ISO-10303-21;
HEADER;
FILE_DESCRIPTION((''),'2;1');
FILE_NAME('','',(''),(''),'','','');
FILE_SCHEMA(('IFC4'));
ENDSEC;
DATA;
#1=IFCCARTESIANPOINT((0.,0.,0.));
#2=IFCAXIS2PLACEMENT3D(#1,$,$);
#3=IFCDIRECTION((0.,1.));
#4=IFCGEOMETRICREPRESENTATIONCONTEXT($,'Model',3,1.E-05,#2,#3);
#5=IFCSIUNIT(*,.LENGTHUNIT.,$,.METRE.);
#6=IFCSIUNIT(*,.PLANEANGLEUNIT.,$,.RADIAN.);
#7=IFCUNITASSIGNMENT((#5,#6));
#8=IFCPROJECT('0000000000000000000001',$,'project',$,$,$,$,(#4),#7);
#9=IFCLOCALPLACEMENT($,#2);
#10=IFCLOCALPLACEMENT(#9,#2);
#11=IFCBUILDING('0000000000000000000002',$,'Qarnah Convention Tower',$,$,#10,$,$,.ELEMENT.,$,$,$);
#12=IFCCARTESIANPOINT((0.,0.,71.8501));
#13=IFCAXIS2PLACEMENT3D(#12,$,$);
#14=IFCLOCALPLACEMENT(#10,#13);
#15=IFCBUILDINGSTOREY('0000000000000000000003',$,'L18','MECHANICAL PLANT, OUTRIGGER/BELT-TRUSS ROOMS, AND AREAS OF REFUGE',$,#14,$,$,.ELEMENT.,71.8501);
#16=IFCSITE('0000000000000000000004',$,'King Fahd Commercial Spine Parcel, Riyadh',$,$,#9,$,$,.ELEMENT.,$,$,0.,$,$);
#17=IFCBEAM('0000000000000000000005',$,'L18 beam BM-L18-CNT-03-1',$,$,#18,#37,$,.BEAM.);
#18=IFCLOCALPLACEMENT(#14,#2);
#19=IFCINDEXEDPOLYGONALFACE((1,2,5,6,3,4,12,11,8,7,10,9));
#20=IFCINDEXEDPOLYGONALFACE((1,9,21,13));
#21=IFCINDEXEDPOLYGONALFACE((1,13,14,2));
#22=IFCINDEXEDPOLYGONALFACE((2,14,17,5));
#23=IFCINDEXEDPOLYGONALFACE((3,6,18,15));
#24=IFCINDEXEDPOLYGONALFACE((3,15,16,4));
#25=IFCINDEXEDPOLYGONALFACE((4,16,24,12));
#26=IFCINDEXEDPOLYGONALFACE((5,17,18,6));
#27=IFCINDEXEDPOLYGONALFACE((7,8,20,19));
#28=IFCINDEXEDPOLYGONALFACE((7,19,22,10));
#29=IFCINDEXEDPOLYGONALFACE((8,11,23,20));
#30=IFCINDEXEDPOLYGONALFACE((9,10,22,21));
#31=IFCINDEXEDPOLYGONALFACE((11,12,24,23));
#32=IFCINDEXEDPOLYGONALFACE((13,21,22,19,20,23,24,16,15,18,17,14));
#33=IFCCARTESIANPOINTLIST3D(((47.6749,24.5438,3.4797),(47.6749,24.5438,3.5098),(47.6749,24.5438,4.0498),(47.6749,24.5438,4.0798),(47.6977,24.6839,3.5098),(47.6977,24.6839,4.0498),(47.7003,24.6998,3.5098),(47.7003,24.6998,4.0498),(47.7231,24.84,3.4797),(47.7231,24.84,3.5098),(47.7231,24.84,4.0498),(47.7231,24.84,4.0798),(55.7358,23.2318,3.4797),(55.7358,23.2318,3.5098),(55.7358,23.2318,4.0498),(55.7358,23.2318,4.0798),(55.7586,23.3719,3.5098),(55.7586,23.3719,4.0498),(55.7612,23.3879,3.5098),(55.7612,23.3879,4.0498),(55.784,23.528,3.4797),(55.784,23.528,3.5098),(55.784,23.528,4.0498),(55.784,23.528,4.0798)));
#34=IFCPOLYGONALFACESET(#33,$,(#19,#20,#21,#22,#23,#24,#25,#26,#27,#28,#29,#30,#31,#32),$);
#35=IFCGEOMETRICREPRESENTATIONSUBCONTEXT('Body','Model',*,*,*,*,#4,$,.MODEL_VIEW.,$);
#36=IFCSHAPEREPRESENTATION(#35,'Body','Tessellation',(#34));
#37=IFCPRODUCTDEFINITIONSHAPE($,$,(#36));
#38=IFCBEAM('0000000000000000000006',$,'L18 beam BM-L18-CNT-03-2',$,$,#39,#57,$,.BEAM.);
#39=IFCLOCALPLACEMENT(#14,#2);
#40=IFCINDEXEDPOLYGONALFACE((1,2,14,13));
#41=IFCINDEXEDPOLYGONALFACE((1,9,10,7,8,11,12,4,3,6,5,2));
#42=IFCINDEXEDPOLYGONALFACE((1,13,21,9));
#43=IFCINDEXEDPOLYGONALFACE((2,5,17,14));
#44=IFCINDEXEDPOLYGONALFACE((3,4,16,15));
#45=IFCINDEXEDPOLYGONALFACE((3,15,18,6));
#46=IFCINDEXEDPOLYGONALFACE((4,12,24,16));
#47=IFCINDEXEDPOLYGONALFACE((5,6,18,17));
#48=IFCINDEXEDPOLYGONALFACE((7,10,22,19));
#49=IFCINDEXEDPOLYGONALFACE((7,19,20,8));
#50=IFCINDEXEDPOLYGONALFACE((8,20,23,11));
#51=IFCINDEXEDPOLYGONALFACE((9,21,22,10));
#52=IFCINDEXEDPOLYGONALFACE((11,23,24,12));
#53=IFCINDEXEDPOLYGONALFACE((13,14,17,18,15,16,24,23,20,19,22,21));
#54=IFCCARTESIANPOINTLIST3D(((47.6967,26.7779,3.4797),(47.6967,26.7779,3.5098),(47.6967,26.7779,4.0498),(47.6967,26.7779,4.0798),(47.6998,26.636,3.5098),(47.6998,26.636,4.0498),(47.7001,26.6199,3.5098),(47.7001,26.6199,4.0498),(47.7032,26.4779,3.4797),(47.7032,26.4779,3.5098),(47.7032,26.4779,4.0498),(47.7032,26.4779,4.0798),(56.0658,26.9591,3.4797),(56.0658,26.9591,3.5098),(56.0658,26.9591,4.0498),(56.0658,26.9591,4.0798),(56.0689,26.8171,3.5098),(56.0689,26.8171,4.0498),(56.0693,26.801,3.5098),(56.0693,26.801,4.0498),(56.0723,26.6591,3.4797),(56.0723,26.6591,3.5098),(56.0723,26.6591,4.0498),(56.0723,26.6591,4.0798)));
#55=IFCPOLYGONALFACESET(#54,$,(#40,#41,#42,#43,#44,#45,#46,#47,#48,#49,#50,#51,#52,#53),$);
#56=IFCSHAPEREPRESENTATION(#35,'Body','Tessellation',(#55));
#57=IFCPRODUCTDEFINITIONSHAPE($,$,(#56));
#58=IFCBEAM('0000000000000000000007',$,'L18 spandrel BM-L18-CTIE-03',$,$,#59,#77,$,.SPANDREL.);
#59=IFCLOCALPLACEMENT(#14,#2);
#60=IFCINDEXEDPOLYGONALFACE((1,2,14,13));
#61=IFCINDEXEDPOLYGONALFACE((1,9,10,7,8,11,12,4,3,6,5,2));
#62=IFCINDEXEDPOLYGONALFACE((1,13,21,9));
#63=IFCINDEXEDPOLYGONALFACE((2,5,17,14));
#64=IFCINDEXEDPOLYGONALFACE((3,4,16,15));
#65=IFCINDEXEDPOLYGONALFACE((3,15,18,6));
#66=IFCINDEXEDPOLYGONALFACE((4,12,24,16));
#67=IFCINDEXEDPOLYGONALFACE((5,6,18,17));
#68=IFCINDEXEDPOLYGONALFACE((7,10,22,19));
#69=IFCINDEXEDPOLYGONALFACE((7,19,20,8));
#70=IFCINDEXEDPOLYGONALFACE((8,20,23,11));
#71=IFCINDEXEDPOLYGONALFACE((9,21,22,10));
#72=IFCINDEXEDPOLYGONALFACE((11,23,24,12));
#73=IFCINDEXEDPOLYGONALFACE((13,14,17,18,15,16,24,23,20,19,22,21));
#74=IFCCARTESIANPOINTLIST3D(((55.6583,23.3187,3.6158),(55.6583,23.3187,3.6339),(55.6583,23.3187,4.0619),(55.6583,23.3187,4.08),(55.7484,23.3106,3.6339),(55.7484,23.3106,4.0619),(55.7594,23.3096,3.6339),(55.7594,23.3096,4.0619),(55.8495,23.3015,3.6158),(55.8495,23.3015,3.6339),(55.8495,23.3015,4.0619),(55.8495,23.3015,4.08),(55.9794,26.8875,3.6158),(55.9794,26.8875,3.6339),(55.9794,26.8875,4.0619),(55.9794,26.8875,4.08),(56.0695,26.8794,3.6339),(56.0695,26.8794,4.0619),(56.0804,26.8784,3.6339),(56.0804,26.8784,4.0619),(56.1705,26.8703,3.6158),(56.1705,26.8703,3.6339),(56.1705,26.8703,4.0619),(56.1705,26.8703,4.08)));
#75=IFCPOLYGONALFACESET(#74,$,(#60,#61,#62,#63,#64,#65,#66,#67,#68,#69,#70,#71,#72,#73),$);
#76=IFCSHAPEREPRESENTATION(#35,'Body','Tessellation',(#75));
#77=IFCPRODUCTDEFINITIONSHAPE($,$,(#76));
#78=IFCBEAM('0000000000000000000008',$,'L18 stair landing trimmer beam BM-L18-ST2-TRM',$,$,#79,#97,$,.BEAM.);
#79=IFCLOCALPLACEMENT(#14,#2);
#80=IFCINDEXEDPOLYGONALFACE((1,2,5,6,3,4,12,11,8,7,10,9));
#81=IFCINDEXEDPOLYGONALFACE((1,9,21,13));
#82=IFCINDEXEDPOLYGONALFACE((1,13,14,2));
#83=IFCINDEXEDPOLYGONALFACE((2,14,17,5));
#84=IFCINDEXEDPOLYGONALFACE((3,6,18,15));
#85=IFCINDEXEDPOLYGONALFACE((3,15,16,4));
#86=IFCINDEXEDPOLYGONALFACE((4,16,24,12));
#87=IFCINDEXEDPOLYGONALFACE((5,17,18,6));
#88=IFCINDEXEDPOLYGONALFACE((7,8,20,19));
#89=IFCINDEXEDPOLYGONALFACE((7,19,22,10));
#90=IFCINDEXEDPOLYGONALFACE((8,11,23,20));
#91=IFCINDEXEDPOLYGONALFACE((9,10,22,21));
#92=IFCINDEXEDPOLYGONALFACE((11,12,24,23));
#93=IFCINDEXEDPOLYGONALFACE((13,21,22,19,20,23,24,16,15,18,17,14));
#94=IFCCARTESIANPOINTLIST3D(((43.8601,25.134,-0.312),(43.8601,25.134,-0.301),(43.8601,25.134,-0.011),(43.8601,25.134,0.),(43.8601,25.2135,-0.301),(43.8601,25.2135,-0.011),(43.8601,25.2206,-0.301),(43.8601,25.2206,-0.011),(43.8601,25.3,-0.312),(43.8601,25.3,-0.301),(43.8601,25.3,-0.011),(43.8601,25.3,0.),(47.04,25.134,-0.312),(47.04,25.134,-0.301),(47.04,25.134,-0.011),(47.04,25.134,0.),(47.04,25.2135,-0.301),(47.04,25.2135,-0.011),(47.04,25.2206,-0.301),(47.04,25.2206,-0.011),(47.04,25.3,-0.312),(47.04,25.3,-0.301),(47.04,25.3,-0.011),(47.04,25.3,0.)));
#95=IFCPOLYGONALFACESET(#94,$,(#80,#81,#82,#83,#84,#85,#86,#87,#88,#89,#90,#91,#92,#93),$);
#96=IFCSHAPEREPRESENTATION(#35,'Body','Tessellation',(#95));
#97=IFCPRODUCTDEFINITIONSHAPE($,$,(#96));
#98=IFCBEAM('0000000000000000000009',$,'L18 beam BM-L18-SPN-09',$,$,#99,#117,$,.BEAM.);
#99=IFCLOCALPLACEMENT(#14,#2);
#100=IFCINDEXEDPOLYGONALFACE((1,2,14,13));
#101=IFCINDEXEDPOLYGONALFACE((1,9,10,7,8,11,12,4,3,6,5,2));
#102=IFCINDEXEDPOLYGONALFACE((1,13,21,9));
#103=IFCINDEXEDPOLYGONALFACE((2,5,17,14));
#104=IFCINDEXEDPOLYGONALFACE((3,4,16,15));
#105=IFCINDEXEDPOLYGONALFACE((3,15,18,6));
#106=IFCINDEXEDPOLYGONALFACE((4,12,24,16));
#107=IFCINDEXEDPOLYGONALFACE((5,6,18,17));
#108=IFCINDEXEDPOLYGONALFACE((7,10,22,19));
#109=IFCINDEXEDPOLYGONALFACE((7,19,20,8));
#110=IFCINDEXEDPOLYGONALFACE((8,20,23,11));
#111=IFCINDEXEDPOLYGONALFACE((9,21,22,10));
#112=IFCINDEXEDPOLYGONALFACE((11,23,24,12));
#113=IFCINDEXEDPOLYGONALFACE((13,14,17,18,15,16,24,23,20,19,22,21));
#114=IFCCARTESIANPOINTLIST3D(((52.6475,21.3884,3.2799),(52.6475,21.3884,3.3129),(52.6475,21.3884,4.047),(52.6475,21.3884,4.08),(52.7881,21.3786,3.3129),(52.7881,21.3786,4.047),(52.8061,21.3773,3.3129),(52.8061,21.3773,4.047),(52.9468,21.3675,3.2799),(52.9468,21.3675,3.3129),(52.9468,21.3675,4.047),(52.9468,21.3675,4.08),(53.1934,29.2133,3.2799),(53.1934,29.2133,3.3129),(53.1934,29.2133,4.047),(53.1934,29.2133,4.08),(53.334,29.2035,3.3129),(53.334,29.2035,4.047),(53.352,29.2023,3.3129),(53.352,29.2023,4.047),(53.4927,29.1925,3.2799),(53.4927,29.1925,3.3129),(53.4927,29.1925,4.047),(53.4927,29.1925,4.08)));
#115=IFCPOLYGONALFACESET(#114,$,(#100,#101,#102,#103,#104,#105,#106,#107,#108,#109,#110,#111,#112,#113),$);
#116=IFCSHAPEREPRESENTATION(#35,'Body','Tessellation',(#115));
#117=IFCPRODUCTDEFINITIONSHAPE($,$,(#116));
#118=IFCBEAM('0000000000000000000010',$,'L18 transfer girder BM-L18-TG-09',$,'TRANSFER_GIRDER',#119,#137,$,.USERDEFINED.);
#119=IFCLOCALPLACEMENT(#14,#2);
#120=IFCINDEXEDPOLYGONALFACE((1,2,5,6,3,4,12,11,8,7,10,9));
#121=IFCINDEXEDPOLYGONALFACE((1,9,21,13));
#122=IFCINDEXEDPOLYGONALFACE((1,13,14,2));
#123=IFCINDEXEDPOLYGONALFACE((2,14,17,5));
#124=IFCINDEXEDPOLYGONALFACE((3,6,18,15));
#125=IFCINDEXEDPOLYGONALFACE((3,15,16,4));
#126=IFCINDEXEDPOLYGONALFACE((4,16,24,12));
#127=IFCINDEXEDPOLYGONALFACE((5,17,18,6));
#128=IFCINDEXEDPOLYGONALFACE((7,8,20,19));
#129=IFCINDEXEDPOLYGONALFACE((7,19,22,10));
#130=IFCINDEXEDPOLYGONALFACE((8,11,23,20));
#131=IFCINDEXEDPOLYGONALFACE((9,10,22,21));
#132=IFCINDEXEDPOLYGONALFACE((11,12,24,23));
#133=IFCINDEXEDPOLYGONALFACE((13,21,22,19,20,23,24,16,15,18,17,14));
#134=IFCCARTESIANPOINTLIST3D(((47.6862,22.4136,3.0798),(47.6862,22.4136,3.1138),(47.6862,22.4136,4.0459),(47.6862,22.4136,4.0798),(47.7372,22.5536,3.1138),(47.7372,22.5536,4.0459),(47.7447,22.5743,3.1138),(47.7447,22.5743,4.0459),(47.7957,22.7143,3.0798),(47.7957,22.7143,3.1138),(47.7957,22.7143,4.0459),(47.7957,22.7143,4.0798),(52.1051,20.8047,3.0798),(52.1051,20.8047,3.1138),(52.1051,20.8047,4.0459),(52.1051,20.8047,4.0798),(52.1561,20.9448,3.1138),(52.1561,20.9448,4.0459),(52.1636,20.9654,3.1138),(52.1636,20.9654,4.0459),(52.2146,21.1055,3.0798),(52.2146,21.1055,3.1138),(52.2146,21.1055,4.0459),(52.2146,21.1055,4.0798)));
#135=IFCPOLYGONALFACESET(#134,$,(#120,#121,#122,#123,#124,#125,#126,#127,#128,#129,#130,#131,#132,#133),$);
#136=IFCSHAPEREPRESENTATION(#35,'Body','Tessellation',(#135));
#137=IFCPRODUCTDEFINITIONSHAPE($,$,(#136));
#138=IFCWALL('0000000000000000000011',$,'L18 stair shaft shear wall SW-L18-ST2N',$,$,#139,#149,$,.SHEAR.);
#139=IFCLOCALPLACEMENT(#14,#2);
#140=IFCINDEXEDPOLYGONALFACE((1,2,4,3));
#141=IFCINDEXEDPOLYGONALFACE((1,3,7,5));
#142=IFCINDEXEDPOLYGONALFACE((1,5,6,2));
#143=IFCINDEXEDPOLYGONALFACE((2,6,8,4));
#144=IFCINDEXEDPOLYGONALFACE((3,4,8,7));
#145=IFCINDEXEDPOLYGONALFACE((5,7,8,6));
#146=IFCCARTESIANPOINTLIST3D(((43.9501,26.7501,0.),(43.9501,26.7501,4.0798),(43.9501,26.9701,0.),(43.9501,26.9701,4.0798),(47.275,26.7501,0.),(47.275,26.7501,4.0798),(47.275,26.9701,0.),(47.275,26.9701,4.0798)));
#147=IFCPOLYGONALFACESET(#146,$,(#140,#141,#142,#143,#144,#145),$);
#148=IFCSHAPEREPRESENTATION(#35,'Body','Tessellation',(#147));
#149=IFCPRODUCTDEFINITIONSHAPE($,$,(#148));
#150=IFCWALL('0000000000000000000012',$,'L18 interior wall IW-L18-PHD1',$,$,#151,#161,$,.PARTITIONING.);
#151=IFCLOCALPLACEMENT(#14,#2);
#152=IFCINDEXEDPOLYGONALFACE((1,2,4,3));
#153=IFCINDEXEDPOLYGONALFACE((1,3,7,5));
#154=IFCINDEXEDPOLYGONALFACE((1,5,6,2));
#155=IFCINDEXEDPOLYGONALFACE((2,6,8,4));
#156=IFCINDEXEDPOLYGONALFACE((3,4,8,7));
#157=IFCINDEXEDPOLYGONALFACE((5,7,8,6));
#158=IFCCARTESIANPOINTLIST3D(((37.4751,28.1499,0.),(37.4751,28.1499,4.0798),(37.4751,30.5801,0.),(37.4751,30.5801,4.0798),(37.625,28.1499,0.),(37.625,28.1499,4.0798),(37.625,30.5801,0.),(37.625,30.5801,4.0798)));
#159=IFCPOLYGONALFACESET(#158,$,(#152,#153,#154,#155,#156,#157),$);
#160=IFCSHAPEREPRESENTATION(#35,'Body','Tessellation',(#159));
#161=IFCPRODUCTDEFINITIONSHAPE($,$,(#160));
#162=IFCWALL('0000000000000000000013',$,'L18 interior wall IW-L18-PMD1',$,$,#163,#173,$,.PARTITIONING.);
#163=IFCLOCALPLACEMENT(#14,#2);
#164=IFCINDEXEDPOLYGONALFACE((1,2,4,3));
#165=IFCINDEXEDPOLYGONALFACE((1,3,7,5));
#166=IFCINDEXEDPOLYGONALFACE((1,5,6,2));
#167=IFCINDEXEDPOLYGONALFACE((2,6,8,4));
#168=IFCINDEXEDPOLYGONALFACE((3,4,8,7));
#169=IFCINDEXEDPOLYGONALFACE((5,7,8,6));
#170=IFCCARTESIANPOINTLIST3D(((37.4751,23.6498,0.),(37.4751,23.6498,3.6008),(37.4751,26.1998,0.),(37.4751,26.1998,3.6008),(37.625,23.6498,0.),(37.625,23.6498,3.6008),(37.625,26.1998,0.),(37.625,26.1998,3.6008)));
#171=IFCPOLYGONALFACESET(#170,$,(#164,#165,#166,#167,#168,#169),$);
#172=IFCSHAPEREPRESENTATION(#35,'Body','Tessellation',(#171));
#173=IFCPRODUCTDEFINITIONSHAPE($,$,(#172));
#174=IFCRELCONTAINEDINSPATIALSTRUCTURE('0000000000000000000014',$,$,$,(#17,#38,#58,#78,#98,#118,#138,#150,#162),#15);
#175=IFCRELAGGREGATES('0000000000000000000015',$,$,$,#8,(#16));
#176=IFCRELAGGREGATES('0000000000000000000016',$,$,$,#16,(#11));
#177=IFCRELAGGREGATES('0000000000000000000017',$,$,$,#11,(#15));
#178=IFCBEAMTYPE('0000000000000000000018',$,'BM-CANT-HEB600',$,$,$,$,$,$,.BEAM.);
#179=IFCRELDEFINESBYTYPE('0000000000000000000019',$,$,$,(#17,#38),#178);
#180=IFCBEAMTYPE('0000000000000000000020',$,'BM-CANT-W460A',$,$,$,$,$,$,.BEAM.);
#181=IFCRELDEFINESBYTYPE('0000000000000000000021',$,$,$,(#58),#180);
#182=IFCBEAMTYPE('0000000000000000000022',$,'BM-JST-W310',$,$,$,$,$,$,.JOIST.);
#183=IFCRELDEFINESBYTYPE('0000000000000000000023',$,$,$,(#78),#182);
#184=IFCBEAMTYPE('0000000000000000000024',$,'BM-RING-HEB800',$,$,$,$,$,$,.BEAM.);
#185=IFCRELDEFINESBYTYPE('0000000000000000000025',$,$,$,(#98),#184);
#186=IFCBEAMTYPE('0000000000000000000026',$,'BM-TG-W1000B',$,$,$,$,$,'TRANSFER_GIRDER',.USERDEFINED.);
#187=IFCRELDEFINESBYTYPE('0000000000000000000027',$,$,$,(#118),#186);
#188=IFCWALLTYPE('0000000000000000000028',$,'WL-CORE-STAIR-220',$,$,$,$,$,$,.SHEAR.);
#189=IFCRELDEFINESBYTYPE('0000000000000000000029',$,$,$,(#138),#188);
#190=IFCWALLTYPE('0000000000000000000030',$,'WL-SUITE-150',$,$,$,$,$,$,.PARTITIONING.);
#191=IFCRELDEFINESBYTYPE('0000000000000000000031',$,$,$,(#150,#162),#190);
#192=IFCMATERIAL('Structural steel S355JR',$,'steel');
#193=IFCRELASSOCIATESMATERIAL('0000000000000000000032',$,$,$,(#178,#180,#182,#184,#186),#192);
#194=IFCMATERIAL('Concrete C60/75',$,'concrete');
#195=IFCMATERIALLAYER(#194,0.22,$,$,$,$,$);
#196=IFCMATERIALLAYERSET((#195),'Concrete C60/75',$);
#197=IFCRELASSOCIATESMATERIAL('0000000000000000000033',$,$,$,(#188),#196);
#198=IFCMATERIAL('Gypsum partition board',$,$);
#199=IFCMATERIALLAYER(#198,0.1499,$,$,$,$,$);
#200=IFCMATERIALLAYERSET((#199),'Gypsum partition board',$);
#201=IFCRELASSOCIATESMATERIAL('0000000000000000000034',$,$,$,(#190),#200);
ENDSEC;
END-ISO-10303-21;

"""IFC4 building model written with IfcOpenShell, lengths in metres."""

from ifc_helpers import new_model, si_unit, direction, frame, frame_2d, origin, origin_2d, place, context, subcontext, project, spatial, rectangle, i_section, extrude, material, layer, layer_set, material_profile, profile_set, type_object, element, save


model = new_model("IFC4")

# Units and contexts
model_context = context("Model", 3, precision=1e-05, world=origin(), true_north=direction((0.0, 1.0)))
body_context = subcontext(model_context, "Body", "Model", "MODEL_VIEW")
ifc_project = project(units=[si_unit("LENGTHUNIT", "METRE"), si_unit("PLANEANGLEUNIT", "RADIAN")], contexts=[model_context])

# Site, building, storey
site_placement = place(None, origin())
site = spatial("IfcSite", under=ifc_project, at=site_placement, Name="King Fahd Commercial Spine Parcel, Riyadh", CompositionType="ELEMENT", RefElevation=0.0)
building_placement = place(site_placement, origin())
building = spatial("IfcBuilding", under=site, at=building_placement, Name="Qarnah Convention Tower", CompositionType="ELEMENT")
storey_placement = place(building_placement, frame((0.0, 0.0, 71.8501)))
storey = spatial("IfcBuildingStorey", under=building, at=storey_placement, Name="L18", Description="MECHANICAL PLANT, OUTRIGGER/BELT-TRUSS ROOMS, AND AREAS OF REFUGE", CompositionType="ELEMENT", Elevation=71.8501)

# Beams
ifc_material_1 = material(Name="Structural steel S355JR", Category="steel")
ifc_material_profile_1 = material_profile(ifc_material_1, i_section(OverallWidth=0.3, OverallDepth=0.6001, WebThickness=0.0161, FlangeThickness=0.03, at=origin_2d()), Name="HEB600")
ifc_profile_set_1 = profile_set([ifc_material_profile_1], Name="Structural steel S355JR")
beam_type_1 = type_object("IfcBeamType", Name="BM-CANT-HEB600", PredefinedType="BEAM", material=ifc_profile_set_1)
beam_1_placement = place(storey_placement, frame((47.699, 24.6919, 3.7798), z_axis=(0.987012, -0.160646, 0.0), x_axis=(0.160646, 0.987012, 0.0)))
element("IfcBeam", 1, at=beam_1_placement, inside=storey, type_object=beam_type_1, Name="L18 beam BM-L18-CNT-03-1", PredefinedType="BEAM", context=body_context, shape_type="SweptSolid", body=[
    extrude(i_section(OverallWidth=0.3, OverallDepth=0.6001, WebThickness=0.0161, FlangeThickness=0.03, at=origin_2d()), origin(), (0.0, 0.0, 1.0), 8.167),
])
beam_2_placement = place(storey_placement, frame((47.7, 26.6279, 3.7798), z_axis=(0.999766, 0.02164, 0.0), x_axis=(-0.02164, 0.999766, 0.0)))
element("IfcBeam", 2, at=beam_2_placement, inside=storey, type_object=beam_type_1, Name="L18 beam BM-L18-CNT-03-2", PredefinedType="BEAM", context=body_context, shape_type="SweptSolid", body=[
    extrude(i_section(OverallWidth=0.3, OverallDepth=0.6001, WebThickness=0.0161, FlangeThickness=0.03, at=origin_2d()), origin(), (0.0, 0.0, 1.0), 8.3711),
])
ifc_material_profile_2 = material_profile(ifc_material_1, i_section(OverallWidth=0.1919, OverallDepth=0.4641, WebThickness=0.011, FlangeThickness=0.0181, at=origin_2d()), Name="W460X89")
ifc_profile_set_2 = profile_set([ifc_material_profile_2], Name="Structural steel S355JR")
beam_type_2 = type_object("IfcBeamType", Name="BM-CANT-W460A", PredefinedType="BEAM", material=ifc_profile_set_2)
beam_3_placement = place(storey_placement, frame((55.7539, 23.3101, 3.8479), z_axis=(0.089596, 0.995978, 0.0), x_axis=(-0.995978, 0.089596, 0.0)))
element("IfcBeam", 3, at=beam_3_placement, inside=storey, type_object=beam_type_2, Name="L18 spandrel BM-L18-CTIE-03", PredefinedType="SPANDREL", context=body_context, shape_type="SweptSolid", body=[
    extrude(i_section(OverallWidth=0.1919, OverallDepth=0.4641, WebThickness=0.011, FlangeThickness=0.0181, at=origin_2d()), origin(), (0.0, 0.0, 1.0), 3.5833),
])
ifc_material_profile_3 = material_profile(ifc_material_1, i_section(OverallWidth=0.166, OverallDepth=0.312, WebThickness=0.0071, FlangeThickness=0.011, at=origin_2d()), Name="W310X45")
ifc_profile_set_3 = profile_set([ifc_material_profile_3], Name="Structural steel S355JR")
beam_type_3 = type_object("IfcBeamType", Name="BM-JST-W310", PredefinedType="JOIST", material=ifc_profile_set_3)
beam_4_placement = place(storey_placement, frame((43.8601, 25.217, -0.156), z_axis=(1.0, 0.0, 0.0), x_axis=(0.0, 1.0, 0.0)))
element("IfcBeam", 4, at=beam_4_placement, inside=storey, type_object=beam_type_3, Name="L18 stair landing trimmer beam BM-L18-ST2-TRM", PredefinedType="BEAM", context=body_context, shape_type="SweptSolid", body=[
    extrude(i_section(OverallWidth=0.166, OverallDepth=0.312, WebThickness=0.0071, FlangeThickness=0.011, at=origin_2d()), origin(), (0.0, 0.0, 1.0), 3.1799),
])
ifc_material_profile_4 = material_profile(ifc_material_1, i_section(OverallWidth=0.3, OverallDepth=0.8, WebThickness=0.0181, FlangeThickness=0.033, at=origin_2d()), Name="HEB800")
ifc_profile_set_4 = profile_set([ifc_material_profile_4], Name="Structural steel S355JR")
beam_type_4 = type_object("IfcBeamType", Name="BM-RING-HEB800", PredefinedType="BEAM", material=ifc_profile_set_4)
beam_5_placement = place(storey_placement, frame((52.7971, 21.3779, 3.6799), z_axis=(0.069595, 0.997575, 0.0), x_axis=(-0.997575, 0.069595, 0.0)))
element("IfcBeam", 5, at=beam_5_placement, inside=storey, type_object=beam_type_4, Name="L18 beam BM-L18-SPN-09", PredefinedType="BEAM", context=body_context, shape_type="SweptSolid", body=[
    extrude(i_section(OverallWidth=0.3, OverallDepth=0.8, WebThickness=0.0181, FlangeThickness=0.033, at=origin_2d()), origin(), (0.0, 0.0, 1.0), 7.844),
])
ifc_material_profile_5 = material_profile(ifc_material_1, i_section(OverallWidth=0.3201, OverallDepth=1.0, WebThickness=0.022, FlangeThickness=0.0339, at=origin_2d()), Name="W1000X371")
ifc_profile_set_5 = profile_set([ifc_material_profile_5], Name="Structural steel S355JR")
beam_type_5 = type_object("IfcBeamType", Name="BM-TG-W1000B", ElementType="TRANSFER_GIRDER", PredefinedType="USERDEFINED", material=ifc_profile_set_5)
beam_6_placement = place(storey_placement, frame((47.741, 22.564, 3.5798), z_axis=(0.939657, -0.342118, 0.0), x_axis=(0.342118, 0.939657, 0.0)))
element("IfcBeam", 6, at=beam_6_placement, inside=storey, type_object=beam_type_5, Name="L18 transfer girder BM-L18-TG-09", ObjectType="TRANSFER_GIRDER", PredefinedType="USERDEFINED", context=body_context, shape_type="SweptSolid", body=[
    extrude(i_section(OverallWidth=0.3201, OverallDepth=1.0, WebThickness=0.022, FlangeThickness=0.0339, at=origin_2d()), origin(), (0.0, 0.0, 1.0), 4.7026),
])

# Walls
ifc_material_2 = material(Name="Concrete C60/75", Category="concrete")
ifc_layer_1 = layer(ifc_material_2, 0.22)
ifc_layer_set_1 = layer_set([ifc_layer_1], Name="Concrete C60/75")
wall_type_1 = type_object("IfcWallType", Name="WL-CORE-STAIR-220", PredefinedType="SHEAR", material=ifc_layer_set_1)
wall_1_placement = place(storey_placement, frame((43.95, 26.8601, 0.0), z_axis=(0.0, 0.0, 1.0), x_axis=(1.0, 0.0, 0.0)))
element("IfcWall", 7, at=wall_1_placement, inside=storey, type_object=wall_type_1, Name="L18 stair shaft shear wall SW-L18-ST2N", PredefinedType="SHEAR", context=body_context, shape_type="SweptSolid", body=[
    extrude(rectangle(XDim=3.325, YDim=0.22, at=frame_2d((1.6626, 0.0))), origin(), (0.0, 0.0, 1.0), 4.0798),
])
ifc_material_3 = material(Name="Gypsum partition board")
ifc_layer_2 = layer(ifc_material_3, 0.1499)
ifc_layer_set_2 = layer_set([ifc_layer_2], Name="Gypsum partition board")
wall_type_2 = type_object("IfcWallType", Name="WL-SUITE-150", PredefinedType="PARTITIONING", material=ifc_layer_set_2)
wall_2_placement = place(storey_placement, frame((37.55, 28.1499, 0.0), z_axis=(0.0, 0.0, 1.0), x_axis=(0.0, 1.0, 0.0)))
element("IfcWall", 8, at=wall_2_placement, inside=storey, type_object=wall_type_2, Name="L18 interior wall IW-L18-PHD1", PredefinedType="PARTITIONING", context=body_context, shape_type="SweptSolid", body=[
    extrude(rectangle(XDim=2.4302, YDim=0.1499, at=frame_2d((1.2151, 0.0))), origin(), (0.0, 0.0, 1.0), 4.0798),
])
for number, where, z_axis, x_axis, name in (
    (9, (37.55, 23.6499, 0.0), (0.0, 0.0, 1.0), (0.0, 1.0, 0.0), "L18 interior wall IW-L18-PMD1"),
):
    element("IfcWall", number, at=place(storey_placement, frame(where, z_axis=z_axis, x_axis=x_axis)), inside=storey, type_object=wall_type_2, Name=name, PredefinedType="PARTITIONING", context=body_context, shape_type="SweptSolid", body=[
        extrude(rectangle(XDim=2.55, YDim=0.1499, at=frame_2d((1.2749, 0.0))), origin(), (0.0, 0.0, 1.0), 3.6008),
    ])

save(model, "model.ifc")
